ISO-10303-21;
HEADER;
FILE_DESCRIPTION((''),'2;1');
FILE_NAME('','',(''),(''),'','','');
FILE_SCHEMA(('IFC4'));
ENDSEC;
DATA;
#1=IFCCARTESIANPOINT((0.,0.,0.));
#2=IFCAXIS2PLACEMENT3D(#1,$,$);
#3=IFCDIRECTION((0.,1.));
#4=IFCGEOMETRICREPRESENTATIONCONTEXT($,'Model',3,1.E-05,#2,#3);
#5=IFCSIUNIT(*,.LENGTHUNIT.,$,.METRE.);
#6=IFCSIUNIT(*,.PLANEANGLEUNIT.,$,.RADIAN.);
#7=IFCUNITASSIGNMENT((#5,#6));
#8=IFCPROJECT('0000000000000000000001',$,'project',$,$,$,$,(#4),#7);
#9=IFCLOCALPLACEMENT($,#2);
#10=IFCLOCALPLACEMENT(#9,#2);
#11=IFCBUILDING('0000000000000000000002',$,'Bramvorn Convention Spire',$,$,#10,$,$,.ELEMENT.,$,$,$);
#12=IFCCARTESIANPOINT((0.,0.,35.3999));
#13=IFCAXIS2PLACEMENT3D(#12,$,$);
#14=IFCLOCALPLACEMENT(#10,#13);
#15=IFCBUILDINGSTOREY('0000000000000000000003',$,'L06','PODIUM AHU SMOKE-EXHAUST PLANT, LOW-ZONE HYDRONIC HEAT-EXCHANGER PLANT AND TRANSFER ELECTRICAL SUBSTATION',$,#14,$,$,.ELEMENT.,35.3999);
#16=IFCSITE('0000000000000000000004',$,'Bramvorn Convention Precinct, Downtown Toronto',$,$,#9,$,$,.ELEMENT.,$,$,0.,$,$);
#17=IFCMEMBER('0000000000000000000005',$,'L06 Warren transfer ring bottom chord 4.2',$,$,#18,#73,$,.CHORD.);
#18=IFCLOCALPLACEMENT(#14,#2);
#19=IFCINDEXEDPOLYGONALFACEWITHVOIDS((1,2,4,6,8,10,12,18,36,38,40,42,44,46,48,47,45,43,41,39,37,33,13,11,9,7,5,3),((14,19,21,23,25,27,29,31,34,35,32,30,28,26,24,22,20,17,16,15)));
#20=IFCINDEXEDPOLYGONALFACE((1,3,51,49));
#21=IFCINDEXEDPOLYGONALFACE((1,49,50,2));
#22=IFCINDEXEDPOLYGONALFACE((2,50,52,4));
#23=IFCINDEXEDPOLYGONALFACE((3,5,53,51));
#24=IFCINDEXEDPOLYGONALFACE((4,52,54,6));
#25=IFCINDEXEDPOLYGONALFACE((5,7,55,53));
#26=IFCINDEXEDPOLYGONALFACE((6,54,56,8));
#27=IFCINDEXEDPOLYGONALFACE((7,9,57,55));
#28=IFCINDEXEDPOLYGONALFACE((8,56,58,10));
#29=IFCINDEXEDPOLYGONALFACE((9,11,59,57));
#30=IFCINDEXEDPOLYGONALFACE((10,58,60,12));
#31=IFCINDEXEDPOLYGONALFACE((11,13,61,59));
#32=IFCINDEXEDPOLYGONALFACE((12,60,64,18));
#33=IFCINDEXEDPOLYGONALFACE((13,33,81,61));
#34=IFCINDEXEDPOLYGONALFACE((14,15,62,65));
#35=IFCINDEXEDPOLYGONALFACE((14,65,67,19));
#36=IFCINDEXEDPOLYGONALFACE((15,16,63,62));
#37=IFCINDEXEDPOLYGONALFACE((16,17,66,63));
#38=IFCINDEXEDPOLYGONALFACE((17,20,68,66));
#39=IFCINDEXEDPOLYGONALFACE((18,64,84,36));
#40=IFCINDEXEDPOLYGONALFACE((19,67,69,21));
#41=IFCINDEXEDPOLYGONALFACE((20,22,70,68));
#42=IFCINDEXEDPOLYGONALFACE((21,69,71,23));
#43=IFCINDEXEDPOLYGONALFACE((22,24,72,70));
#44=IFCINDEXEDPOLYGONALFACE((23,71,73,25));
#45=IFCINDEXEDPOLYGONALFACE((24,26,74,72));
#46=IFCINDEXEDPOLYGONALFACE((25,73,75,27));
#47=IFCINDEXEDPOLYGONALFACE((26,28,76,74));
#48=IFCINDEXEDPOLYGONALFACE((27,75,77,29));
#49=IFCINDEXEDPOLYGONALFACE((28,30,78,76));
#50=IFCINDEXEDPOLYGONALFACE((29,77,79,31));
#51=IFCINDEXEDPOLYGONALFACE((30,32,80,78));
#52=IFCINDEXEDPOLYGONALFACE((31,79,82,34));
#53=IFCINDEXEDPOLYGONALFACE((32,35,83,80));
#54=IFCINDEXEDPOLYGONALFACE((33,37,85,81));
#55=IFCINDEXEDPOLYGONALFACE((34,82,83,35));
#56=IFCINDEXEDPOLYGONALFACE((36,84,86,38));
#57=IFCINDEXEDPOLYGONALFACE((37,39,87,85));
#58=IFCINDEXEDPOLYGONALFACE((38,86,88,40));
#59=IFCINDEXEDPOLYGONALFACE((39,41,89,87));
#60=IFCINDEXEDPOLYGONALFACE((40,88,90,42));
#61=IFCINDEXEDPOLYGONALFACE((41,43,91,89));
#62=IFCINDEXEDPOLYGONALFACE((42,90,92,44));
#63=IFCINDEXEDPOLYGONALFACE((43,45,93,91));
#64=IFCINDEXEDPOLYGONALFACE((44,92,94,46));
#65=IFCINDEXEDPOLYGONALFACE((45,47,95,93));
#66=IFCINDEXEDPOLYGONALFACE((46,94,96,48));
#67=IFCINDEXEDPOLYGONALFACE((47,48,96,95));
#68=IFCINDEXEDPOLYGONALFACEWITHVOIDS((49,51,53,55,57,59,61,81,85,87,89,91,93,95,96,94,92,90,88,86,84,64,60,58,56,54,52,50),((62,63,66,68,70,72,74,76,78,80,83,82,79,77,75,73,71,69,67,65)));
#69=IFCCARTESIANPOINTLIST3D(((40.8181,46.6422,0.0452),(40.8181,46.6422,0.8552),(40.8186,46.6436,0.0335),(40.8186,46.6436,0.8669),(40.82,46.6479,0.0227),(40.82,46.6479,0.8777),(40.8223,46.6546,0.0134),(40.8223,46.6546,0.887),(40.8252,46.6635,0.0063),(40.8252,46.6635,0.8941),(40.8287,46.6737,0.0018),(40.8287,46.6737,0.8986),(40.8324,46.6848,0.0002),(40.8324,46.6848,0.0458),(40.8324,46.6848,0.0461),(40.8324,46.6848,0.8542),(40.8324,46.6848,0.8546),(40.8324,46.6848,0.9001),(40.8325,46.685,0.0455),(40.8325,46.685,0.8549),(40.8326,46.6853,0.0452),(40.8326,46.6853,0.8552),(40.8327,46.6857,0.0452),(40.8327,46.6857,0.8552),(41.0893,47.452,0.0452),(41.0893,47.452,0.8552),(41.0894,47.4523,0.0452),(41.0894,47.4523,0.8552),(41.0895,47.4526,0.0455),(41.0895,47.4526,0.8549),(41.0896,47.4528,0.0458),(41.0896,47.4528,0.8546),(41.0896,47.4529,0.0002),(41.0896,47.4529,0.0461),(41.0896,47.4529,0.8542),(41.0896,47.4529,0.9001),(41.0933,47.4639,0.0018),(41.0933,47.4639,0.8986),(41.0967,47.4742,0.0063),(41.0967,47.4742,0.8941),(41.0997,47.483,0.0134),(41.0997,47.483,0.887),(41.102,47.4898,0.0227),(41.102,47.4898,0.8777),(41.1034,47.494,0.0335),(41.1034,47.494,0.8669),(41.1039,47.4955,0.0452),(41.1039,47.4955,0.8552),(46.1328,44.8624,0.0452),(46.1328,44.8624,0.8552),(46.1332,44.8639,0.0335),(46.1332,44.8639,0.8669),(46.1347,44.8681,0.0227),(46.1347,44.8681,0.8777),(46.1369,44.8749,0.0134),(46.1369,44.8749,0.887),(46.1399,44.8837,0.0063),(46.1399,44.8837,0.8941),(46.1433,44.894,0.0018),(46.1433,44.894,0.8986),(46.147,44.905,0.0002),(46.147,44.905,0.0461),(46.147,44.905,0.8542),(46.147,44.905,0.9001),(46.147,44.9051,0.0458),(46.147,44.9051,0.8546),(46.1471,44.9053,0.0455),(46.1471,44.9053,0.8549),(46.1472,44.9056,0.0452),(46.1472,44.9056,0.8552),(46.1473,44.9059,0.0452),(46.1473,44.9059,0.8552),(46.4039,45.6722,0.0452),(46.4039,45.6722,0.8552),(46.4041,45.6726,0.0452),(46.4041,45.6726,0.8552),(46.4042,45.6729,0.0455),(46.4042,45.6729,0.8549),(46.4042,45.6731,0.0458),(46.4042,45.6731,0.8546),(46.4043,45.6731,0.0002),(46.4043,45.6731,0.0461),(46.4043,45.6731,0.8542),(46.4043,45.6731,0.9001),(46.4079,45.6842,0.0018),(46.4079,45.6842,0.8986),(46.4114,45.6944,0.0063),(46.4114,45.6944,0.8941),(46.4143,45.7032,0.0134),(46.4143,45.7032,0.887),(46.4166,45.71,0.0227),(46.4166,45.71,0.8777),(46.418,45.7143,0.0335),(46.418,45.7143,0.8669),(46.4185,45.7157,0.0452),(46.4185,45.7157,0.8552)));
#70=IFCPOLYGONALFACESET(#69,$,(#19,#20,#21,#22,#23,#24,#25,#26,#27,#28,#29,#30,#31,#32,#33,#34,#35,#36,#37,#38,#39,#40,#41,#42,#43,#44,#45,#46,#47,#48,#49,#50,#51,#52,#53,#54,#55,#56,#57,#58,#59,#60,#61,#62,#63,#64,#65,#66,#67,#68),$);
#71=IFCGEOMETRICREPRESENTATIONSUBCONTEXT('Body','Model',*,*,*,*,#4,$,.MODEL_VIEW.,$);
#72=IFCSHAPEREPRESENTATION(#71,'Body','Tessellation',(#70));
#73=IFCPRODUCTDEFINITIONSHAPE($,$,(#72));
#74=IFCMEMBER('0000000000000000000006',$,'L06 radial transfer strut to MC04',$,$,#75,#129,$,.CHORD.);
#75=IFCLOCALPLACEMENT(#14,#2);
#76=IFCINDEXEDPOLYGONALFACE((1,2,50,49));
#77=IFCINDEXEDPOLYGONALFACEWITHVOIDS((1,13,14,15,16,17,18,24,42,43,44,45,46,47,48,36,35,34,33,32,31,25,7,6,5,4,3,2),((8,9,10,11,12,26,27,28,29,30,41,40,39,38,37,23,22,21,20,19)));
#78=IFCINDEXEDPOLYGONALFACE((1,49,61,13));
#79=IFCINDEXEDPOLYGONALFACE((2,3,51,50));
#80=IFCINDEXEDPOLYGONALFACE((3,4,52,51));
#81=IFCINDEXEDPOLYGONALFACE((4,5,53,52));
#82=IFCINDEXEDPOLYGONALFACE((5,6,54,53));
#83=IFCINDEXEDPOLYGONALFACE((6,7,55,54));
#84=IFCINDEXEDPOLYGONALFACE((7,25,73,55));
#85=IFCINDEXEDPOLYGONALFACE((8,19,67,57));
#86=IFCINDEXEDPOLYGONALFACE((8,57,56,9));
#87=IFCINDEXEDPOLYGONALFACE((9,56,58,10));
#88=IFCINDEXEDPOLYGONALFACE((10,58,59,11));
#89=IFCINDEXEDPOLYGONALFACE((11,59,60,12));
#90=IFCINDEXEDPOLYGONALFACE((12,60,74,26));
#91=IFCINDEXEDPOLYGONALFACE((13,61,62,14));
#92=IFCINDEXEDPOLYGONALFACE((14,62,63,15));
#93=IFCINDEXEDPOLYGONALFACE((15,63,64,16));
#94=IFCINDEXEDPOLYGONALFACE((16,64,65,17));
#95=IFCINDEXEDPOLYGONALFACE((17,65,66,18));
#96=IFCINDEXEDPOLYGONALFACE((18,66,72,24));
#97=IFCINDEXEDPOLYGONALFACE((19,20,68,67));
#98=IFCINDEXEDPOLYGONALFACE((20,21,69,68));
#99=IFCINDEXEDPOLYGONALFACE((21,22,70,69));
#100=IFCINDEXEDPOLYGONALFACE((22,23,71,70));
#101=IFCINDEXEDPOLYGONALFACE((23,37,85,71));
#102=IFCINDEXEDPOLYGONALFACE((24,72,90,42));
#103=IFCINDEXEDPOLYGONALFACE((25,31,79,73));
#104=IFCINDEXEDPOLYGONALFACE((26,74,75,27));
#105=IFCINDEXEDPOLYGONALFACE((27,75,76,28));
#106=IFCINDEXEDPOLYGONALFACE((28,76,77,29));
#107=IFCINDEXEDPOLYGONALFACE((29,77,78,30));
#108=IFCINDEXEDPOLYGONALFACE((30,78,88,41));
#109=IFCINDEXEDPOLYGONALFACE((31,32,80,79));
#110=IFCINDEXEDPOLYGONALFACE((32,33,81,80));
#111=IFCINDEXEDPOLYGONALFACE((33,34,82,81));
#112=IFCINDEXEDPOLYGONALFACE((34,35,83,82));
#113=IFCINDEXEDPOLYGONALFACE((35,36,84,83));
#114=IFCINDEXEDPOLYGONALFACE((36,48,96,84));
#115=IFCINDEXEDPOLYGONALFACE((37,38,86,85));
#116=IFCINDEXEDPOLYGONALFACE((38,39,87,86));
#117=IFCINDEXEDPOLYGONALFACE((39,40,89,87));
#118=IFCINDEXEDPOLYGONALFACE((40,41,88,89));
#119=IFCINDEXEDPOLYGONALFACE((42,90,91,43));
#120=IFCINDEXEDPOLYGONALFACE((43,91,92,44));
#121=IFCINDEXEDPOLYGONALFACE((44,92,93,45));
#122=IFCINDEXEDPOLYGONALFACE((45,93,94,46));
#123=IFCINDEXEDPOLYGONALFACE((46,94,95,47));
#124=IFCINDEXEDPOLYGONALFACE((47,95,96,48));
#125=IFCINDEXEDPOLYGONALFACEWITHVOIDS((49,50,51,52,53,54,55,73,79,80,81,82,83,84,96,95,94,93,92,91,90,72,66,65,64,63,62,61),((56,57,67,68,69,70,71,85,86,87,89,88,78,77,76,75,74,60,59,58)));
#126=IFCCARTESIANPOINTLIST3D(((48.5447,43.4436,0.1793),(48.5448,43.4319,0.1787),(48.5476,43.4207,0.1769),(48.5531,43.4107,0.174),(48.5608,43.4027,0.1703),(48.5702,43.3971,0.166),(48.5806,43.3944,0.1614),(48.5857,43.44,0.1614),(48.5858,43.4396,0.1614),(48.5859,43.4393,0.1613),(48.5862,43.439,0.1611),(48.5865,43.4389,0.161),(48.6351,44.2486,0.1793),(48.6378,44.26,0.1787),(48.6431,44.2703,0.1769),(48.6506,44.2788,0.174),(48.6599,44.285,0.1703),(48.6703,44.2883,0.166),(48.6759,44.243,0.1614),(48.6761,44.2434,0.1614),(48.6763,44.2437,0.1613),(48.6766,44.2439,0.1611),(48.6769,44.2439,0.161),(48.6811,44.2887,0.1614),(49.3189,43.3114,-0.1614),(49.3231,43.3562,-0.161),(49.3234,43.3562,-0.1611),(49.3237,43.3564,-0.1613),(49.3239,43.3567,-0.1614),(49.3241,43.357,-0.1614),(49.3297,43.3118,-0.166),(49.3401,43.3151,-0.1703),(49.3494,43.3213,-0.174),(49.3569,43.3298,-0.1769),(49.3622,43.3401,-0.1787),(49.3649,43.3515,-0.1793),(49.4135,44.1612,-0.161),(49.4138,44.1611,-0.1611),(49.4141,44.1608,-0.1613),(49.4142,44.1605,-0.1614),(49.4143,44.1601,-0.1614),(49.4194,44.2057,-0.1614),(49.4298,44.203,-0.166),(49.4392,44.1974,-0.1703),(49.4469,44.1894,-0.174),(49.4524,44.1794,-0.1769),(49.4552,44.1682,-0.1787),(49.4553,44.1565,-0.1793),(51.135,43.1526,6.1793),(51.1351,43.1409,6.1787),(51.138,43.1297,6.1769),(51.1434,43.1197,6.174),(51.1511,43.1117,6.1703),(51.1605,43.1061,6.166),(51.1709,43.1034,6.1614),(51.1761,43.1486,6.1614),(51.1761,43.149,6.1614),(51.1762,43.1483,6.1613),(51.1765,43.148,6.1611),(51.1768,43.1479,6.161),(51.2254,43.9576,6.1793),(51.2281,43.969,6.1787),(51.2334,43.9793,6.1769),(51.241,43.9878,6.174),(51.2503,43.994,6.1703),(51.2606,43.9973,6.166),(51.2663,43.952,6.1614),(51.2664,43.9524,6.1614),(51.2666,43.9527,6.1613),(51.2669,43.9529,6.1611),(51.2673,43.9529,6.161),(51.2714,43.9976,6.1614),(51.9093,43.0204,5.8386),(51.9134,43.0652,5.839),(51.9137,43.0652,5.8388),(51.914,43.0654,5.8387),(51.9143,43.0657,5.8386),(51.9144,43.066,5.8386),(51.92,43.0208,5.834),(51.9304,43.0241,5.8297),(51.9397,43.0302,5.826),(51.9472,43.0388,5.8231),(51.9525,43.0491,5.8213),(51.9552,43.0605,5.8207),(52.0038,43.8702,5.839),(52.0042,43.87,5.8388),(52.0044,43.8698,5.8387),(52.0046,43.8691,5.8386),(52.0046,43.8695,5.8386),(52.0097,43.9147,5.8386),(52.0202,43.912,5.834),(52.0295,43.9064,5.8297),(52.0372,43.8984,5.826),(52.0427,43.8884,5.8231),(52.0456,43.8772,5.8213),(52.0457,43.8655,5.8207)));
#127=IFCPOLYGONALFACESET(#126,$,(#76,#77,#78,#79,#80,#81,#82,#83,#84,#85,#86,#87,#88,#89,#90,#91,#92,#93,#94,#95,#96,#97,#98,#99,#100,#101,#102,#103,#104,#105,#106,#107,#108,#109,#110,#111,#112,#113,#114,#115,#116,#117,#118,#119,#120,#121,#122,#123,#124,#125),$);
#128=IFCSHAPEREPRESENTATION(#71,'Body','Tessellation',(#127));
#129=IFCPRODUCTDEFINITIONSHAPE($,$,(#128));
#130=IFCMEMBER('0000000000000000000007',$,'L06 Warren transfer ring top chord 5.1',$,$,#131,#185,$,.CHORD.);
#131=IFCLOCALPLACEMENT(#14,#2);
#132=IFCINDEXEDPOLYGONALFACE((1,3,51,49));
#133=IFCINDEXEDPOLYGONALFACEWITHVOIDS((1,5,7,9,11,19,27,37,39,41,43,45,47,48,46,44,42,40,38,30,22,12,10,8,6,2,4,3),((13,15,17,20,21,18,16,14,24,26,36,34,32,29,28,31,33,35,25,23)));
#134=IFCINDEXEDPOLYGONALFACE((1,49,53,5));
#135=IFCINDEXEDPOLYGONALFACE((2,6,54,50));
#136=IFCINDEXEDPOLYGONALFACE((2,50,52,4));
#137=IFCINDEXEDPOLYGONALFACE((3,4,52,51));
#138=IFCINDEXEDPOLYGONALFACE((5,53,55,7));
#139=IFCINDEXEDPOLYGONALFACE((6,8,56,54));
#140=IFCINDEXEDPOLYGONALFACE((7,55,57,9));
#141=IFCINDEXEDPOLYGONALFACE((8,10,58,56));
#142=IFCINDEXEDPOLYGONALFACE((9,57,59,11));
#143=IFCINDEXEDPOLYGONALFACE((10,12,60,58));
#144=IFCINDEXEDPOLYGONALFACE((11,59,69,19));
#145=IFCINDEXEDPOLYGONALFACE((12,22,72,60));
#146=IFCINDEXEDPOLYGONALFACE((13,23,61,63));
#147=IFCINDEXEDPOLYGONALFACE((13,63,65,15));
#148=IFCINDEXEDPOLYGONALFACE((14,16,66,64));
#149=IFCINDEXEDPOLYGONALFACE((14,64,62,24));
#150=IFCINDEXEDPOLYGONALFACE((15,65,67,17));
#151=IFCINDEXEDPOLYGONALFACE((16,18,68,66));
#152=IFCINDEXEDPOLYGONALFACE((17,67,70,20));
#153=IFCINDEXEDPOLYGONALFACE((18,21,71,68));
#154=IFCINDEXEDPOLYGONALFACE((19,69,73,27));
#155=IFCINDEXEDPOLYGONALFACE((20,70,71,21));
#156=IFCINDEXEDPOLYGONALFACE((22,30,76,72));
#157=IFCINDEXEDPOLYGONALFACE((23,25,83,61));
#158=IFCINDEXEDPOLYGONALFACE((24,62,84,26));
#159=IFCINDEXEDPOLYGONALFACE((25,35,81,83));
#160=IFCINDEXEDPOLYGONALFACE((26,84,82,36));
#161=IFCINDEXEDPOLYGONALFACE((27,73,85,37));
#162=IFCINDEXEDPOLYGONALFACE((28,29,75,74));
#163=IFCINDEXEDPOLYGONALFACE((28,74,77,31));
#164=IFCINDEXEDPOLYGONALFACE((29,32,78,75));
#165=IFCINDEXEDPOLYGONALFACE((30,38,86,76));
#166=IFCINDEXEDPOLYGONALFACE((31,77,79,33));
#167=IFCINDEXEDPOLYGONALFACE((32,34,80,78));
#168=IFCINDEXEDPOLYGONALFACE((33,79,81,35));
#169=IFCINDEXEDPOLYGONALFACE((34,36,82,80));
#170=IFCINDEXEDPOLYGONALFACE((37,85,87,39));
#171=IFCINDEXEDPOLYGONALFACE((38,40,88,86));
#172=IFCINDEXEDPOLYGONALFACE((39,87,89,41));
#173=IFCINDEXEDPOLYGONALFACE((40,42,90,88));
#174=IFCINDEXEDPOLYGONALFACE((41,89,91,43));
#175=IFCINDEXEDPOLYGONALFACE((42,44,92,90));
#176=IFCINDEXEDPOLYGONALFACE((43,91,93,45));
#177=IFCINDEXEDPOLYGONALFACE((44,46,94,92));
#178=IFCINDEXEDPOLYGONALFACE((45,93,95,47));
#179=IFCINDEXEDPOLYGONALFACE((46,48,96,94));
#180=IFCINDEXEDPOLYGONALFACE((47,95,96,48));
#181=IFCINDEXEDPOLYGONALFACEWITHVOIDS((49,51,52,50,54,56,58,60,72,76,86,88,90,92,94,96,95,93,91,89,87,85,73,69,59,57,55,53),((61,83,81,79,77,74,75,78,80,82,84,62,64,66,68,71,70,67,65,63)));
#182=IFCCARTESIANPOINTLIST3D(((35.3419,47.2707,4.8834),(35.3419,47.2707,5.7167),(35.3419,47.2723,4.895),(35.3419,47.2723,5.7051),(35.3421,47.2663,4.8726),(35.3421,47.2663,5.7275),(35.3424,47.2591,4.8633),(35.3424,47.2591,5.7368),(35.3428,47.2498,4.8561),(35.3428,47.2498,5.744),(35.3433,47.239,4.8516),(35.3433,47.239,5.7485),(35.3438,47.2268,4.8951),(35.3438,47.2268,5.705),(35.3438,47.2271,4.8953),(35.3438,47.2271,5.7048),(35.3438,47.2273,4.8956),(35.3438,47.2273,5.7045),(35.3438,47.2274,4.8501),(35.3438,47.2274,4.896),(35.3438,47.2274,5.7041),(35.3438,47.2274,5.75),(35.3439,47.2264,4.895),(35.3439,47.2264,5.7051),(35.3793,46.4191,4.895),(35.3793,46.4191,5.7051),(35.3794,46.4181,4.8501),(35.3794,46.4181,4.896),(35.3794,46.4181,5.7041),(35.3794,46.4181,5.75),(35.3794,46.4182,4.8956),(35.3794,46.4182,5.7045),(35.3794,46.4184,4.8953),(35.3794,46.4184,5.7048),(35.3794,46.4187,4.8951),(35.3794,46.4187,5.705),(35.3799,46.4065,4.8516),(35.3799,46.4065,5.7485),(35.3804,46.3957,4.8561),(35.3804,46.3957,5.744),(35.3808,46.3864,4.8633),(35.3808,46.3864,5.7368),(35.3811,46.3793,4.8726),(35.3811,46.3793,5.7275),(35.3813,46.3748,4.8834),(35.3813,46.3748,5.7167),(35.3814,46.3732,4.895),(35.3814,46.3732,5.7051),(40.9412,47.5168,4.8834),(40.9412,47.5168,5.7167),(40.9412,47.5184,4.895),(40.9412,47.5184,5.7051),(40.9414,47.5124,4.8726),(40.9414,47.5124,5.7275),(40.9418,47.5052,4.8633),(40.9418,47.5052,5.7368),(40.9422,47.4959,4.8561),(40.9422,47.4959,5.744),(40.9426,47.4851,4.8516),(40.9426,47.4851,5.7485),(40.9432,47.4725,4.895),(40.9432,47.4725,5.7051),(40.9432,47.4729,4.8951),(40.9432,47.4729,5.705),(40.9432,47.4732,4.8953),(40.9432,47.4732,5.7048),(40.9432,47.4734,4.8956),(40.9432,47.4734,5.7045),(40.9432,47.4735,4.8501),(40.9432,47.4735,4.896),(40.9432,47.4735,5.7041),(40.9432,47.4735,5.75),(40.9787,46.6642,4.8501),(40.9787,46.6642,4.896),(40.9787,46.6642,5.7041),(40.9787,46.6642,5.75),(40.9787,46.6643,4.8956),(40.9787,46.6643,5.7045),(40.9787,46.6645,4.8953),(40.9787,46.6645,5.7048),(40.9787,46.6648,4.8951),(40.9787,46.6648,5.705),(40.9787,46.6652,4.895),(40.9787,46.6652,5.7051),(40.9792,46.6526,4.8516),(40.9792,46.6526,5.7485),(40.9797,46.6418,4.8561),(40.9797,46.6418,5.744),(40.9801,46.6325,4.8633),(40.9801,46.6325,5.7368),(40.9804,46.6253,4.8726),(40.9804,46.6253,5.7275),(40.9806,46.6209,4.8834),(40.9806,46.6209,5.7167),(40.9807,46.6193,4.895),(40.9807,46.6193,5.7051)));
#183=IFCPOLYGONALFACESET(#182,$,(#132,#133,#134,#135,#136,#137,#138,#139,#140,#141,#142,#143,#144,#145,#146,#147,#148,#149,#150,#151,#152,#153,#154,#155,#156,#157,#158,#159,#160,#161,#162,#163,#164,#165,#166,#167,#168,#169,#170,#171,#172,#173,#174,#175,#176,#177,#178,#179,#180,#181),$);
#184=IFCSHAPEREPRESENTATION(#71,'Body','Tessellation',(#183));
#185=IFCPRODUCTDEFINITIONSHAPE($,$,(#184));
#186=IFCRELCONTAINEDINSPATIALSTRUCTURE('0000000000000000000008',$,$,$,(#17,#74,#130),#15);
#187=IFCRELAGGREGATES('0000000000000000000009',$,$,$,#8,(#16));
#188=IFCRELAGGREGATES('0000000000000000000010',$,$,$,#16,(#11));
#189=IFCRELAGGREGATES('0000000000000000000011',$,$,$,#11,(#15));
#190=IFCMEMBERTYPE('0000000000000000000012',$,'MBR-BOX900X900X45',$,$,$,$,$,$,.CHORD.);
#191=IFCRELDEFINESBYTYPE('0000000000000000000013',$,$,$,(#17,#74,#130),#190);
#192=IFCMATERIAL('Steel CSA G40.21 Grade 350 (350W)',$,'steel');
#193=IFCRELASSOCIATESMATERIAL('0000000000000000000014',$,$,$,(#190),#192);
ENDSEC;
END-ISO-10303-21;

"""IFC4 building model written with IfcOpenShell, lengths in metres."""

from ifc_helpers import new_model, si_unit, direction, frame, origin, origin_2d, place, context, subcontext, project, spatial, hollow_rectangle, extrude, material, material_profile, profile_set, type_object, element, save


model = new_model("IFC4")

# Units and contexts
model_context = context("Model", 3, precision=1e-05, world=origin(), true_north=direction((0.0, 1.0)))
body_context = subcontext(model_context, "Body", "Model", "MODEL_VIEW")
ifc_project = project(units=[si_unit("LENGTHUNIT", "METRE"), si_unit("PLANEANGLEUNIT", "RADIAN")], contexts=[model_context])

# Site, building, storey
site_placement = place(None, origin())
site = spatial("IfcSite", under=ifc_project, at=site_placement, Name="Bramvorn Convention Precinct, Downtown Toronto", CompositionType="ELEMENT", RefElevation=0.0)
building_placement = place(site_placement, origin())
building = spatial("IfcBuilding", under=site, at=building_placement, Name="Bramvorn Convention Spire", CompositionType="ELEMENT")
storey_placement = place(building_placement, frame((0.0, 0.0, 35.3999)))
storey = spatial("IfcBuildingStorey", under=building, at=storey_placement, Name="L06", Description="PODIUM AHU SMOKE-EXHAUST PLANT, LOW-ZONE HYDRONIC HEAT-EXCHANGER PLANT AND TRANSFER ELECTRICAL SUBSTATION", CompositionType="ELEMENT", Elevation=35.3999)

# Shared definitions
ifc_material_1 = material(Name="Steel CSA G40.21 Grade 350 (350W)", Category="steel")

# Members
ifc_material_profile_1 = material_profile(ifc_material_1, hollow_rectangle(XDim=0.8999, YDim=0.8999, WallThickness=0.0449, InnerFilletRadius=0.001, OuterFilletRadius=0.0449, at=origin_2d()))
ifc_profile_set_1 = profile_set([ifc_material_profile_1], Name="Steel CSA G40.21 Grade 350 (350W) - BOX900X900X45")
member_type_1 = type_object("IfcMemberType", Name="MBR-BOX900X900X45", PredefinedType="CHORD", material=ifc_profile_set_1)
for number, where, z_axis, x_axis, name in (
    (1, (46.2756, 45.2891, 0.4502), (-0.948242, 0.317547, 0.0), (-0.317547, -0.948242, 0.0), "L06 Warren transfer ring bottom chord 4.2"),
):
    element("IfcMember", number, at=place(storey_placement, frame(where, z_axis=z_axis, x_axis=x_axis)), inside=storey, type_object=member_type_1, Name=name, PredefinedType="CHORD", context=body_context, shape_type="SweptSolid", body=[
        extrude(hollow_rectangle(XDim=0.8999, YDim=0.8999, WallThickness=0.0449, InnerFilletRadius=0.001, OuterFilletRadius=0.0449, at=origin_2d()), origin(), (0.0, 0.0, 1.0), 5.6047),
    ])
member_1_placement = place(storey_placement, frame((49.0, 43.8, 0.0), z_axis=(0.395969, -0.044486, 0.917186), x_axis=(0.111644, 0.993748, 0.0)))
element("IfcMember", 2, at=member_1_placement, inside=storey, type_object=member_type_1, Name="L06 radial transfer strut to MC04", PredefinedType="CHORD", context=body_context, shape_type="SweptSolid", body=[
    extrude(hollow_rectangle(XDim=0.8999, YDim=0.8999, WallThickness=0.0449, InnerFilletRadius=0.001, OuterFilletRadius=0.0449, at=origin_2d()), origin(), (0.0, 0.0, 1.0), 6.5417),
])
for number, where, z_axis, x_axis, name in (
    (3, (40.9609, 47.0688, 5.3), (-0.999036, -0.043908, 0.0), (0.043908, -0.999036, 0.0), "L06 Warren transfer ring top chord 5.1"),
):
    element("IfcMember", number, at=place(storey_placement, frame(where, z_axis=z_axis, x_axis=x_axis)), inside=storey, type_object=member_type_1, Name=name, PredefinedType="CHORD", context=body_context, shape_type="SweptSolid", body=[
        extrude(hollow_rectangle(XDim=0.8999, YDim=0.8999, WallThickness=0.0449, InnerFilletRadius=0.001, OuterFilletRadius=0.0449, at=origin_2d()), origin(), (0.0, 0.0, 1.0), 5.6047),
    ])

save(model, "model.ifc")
